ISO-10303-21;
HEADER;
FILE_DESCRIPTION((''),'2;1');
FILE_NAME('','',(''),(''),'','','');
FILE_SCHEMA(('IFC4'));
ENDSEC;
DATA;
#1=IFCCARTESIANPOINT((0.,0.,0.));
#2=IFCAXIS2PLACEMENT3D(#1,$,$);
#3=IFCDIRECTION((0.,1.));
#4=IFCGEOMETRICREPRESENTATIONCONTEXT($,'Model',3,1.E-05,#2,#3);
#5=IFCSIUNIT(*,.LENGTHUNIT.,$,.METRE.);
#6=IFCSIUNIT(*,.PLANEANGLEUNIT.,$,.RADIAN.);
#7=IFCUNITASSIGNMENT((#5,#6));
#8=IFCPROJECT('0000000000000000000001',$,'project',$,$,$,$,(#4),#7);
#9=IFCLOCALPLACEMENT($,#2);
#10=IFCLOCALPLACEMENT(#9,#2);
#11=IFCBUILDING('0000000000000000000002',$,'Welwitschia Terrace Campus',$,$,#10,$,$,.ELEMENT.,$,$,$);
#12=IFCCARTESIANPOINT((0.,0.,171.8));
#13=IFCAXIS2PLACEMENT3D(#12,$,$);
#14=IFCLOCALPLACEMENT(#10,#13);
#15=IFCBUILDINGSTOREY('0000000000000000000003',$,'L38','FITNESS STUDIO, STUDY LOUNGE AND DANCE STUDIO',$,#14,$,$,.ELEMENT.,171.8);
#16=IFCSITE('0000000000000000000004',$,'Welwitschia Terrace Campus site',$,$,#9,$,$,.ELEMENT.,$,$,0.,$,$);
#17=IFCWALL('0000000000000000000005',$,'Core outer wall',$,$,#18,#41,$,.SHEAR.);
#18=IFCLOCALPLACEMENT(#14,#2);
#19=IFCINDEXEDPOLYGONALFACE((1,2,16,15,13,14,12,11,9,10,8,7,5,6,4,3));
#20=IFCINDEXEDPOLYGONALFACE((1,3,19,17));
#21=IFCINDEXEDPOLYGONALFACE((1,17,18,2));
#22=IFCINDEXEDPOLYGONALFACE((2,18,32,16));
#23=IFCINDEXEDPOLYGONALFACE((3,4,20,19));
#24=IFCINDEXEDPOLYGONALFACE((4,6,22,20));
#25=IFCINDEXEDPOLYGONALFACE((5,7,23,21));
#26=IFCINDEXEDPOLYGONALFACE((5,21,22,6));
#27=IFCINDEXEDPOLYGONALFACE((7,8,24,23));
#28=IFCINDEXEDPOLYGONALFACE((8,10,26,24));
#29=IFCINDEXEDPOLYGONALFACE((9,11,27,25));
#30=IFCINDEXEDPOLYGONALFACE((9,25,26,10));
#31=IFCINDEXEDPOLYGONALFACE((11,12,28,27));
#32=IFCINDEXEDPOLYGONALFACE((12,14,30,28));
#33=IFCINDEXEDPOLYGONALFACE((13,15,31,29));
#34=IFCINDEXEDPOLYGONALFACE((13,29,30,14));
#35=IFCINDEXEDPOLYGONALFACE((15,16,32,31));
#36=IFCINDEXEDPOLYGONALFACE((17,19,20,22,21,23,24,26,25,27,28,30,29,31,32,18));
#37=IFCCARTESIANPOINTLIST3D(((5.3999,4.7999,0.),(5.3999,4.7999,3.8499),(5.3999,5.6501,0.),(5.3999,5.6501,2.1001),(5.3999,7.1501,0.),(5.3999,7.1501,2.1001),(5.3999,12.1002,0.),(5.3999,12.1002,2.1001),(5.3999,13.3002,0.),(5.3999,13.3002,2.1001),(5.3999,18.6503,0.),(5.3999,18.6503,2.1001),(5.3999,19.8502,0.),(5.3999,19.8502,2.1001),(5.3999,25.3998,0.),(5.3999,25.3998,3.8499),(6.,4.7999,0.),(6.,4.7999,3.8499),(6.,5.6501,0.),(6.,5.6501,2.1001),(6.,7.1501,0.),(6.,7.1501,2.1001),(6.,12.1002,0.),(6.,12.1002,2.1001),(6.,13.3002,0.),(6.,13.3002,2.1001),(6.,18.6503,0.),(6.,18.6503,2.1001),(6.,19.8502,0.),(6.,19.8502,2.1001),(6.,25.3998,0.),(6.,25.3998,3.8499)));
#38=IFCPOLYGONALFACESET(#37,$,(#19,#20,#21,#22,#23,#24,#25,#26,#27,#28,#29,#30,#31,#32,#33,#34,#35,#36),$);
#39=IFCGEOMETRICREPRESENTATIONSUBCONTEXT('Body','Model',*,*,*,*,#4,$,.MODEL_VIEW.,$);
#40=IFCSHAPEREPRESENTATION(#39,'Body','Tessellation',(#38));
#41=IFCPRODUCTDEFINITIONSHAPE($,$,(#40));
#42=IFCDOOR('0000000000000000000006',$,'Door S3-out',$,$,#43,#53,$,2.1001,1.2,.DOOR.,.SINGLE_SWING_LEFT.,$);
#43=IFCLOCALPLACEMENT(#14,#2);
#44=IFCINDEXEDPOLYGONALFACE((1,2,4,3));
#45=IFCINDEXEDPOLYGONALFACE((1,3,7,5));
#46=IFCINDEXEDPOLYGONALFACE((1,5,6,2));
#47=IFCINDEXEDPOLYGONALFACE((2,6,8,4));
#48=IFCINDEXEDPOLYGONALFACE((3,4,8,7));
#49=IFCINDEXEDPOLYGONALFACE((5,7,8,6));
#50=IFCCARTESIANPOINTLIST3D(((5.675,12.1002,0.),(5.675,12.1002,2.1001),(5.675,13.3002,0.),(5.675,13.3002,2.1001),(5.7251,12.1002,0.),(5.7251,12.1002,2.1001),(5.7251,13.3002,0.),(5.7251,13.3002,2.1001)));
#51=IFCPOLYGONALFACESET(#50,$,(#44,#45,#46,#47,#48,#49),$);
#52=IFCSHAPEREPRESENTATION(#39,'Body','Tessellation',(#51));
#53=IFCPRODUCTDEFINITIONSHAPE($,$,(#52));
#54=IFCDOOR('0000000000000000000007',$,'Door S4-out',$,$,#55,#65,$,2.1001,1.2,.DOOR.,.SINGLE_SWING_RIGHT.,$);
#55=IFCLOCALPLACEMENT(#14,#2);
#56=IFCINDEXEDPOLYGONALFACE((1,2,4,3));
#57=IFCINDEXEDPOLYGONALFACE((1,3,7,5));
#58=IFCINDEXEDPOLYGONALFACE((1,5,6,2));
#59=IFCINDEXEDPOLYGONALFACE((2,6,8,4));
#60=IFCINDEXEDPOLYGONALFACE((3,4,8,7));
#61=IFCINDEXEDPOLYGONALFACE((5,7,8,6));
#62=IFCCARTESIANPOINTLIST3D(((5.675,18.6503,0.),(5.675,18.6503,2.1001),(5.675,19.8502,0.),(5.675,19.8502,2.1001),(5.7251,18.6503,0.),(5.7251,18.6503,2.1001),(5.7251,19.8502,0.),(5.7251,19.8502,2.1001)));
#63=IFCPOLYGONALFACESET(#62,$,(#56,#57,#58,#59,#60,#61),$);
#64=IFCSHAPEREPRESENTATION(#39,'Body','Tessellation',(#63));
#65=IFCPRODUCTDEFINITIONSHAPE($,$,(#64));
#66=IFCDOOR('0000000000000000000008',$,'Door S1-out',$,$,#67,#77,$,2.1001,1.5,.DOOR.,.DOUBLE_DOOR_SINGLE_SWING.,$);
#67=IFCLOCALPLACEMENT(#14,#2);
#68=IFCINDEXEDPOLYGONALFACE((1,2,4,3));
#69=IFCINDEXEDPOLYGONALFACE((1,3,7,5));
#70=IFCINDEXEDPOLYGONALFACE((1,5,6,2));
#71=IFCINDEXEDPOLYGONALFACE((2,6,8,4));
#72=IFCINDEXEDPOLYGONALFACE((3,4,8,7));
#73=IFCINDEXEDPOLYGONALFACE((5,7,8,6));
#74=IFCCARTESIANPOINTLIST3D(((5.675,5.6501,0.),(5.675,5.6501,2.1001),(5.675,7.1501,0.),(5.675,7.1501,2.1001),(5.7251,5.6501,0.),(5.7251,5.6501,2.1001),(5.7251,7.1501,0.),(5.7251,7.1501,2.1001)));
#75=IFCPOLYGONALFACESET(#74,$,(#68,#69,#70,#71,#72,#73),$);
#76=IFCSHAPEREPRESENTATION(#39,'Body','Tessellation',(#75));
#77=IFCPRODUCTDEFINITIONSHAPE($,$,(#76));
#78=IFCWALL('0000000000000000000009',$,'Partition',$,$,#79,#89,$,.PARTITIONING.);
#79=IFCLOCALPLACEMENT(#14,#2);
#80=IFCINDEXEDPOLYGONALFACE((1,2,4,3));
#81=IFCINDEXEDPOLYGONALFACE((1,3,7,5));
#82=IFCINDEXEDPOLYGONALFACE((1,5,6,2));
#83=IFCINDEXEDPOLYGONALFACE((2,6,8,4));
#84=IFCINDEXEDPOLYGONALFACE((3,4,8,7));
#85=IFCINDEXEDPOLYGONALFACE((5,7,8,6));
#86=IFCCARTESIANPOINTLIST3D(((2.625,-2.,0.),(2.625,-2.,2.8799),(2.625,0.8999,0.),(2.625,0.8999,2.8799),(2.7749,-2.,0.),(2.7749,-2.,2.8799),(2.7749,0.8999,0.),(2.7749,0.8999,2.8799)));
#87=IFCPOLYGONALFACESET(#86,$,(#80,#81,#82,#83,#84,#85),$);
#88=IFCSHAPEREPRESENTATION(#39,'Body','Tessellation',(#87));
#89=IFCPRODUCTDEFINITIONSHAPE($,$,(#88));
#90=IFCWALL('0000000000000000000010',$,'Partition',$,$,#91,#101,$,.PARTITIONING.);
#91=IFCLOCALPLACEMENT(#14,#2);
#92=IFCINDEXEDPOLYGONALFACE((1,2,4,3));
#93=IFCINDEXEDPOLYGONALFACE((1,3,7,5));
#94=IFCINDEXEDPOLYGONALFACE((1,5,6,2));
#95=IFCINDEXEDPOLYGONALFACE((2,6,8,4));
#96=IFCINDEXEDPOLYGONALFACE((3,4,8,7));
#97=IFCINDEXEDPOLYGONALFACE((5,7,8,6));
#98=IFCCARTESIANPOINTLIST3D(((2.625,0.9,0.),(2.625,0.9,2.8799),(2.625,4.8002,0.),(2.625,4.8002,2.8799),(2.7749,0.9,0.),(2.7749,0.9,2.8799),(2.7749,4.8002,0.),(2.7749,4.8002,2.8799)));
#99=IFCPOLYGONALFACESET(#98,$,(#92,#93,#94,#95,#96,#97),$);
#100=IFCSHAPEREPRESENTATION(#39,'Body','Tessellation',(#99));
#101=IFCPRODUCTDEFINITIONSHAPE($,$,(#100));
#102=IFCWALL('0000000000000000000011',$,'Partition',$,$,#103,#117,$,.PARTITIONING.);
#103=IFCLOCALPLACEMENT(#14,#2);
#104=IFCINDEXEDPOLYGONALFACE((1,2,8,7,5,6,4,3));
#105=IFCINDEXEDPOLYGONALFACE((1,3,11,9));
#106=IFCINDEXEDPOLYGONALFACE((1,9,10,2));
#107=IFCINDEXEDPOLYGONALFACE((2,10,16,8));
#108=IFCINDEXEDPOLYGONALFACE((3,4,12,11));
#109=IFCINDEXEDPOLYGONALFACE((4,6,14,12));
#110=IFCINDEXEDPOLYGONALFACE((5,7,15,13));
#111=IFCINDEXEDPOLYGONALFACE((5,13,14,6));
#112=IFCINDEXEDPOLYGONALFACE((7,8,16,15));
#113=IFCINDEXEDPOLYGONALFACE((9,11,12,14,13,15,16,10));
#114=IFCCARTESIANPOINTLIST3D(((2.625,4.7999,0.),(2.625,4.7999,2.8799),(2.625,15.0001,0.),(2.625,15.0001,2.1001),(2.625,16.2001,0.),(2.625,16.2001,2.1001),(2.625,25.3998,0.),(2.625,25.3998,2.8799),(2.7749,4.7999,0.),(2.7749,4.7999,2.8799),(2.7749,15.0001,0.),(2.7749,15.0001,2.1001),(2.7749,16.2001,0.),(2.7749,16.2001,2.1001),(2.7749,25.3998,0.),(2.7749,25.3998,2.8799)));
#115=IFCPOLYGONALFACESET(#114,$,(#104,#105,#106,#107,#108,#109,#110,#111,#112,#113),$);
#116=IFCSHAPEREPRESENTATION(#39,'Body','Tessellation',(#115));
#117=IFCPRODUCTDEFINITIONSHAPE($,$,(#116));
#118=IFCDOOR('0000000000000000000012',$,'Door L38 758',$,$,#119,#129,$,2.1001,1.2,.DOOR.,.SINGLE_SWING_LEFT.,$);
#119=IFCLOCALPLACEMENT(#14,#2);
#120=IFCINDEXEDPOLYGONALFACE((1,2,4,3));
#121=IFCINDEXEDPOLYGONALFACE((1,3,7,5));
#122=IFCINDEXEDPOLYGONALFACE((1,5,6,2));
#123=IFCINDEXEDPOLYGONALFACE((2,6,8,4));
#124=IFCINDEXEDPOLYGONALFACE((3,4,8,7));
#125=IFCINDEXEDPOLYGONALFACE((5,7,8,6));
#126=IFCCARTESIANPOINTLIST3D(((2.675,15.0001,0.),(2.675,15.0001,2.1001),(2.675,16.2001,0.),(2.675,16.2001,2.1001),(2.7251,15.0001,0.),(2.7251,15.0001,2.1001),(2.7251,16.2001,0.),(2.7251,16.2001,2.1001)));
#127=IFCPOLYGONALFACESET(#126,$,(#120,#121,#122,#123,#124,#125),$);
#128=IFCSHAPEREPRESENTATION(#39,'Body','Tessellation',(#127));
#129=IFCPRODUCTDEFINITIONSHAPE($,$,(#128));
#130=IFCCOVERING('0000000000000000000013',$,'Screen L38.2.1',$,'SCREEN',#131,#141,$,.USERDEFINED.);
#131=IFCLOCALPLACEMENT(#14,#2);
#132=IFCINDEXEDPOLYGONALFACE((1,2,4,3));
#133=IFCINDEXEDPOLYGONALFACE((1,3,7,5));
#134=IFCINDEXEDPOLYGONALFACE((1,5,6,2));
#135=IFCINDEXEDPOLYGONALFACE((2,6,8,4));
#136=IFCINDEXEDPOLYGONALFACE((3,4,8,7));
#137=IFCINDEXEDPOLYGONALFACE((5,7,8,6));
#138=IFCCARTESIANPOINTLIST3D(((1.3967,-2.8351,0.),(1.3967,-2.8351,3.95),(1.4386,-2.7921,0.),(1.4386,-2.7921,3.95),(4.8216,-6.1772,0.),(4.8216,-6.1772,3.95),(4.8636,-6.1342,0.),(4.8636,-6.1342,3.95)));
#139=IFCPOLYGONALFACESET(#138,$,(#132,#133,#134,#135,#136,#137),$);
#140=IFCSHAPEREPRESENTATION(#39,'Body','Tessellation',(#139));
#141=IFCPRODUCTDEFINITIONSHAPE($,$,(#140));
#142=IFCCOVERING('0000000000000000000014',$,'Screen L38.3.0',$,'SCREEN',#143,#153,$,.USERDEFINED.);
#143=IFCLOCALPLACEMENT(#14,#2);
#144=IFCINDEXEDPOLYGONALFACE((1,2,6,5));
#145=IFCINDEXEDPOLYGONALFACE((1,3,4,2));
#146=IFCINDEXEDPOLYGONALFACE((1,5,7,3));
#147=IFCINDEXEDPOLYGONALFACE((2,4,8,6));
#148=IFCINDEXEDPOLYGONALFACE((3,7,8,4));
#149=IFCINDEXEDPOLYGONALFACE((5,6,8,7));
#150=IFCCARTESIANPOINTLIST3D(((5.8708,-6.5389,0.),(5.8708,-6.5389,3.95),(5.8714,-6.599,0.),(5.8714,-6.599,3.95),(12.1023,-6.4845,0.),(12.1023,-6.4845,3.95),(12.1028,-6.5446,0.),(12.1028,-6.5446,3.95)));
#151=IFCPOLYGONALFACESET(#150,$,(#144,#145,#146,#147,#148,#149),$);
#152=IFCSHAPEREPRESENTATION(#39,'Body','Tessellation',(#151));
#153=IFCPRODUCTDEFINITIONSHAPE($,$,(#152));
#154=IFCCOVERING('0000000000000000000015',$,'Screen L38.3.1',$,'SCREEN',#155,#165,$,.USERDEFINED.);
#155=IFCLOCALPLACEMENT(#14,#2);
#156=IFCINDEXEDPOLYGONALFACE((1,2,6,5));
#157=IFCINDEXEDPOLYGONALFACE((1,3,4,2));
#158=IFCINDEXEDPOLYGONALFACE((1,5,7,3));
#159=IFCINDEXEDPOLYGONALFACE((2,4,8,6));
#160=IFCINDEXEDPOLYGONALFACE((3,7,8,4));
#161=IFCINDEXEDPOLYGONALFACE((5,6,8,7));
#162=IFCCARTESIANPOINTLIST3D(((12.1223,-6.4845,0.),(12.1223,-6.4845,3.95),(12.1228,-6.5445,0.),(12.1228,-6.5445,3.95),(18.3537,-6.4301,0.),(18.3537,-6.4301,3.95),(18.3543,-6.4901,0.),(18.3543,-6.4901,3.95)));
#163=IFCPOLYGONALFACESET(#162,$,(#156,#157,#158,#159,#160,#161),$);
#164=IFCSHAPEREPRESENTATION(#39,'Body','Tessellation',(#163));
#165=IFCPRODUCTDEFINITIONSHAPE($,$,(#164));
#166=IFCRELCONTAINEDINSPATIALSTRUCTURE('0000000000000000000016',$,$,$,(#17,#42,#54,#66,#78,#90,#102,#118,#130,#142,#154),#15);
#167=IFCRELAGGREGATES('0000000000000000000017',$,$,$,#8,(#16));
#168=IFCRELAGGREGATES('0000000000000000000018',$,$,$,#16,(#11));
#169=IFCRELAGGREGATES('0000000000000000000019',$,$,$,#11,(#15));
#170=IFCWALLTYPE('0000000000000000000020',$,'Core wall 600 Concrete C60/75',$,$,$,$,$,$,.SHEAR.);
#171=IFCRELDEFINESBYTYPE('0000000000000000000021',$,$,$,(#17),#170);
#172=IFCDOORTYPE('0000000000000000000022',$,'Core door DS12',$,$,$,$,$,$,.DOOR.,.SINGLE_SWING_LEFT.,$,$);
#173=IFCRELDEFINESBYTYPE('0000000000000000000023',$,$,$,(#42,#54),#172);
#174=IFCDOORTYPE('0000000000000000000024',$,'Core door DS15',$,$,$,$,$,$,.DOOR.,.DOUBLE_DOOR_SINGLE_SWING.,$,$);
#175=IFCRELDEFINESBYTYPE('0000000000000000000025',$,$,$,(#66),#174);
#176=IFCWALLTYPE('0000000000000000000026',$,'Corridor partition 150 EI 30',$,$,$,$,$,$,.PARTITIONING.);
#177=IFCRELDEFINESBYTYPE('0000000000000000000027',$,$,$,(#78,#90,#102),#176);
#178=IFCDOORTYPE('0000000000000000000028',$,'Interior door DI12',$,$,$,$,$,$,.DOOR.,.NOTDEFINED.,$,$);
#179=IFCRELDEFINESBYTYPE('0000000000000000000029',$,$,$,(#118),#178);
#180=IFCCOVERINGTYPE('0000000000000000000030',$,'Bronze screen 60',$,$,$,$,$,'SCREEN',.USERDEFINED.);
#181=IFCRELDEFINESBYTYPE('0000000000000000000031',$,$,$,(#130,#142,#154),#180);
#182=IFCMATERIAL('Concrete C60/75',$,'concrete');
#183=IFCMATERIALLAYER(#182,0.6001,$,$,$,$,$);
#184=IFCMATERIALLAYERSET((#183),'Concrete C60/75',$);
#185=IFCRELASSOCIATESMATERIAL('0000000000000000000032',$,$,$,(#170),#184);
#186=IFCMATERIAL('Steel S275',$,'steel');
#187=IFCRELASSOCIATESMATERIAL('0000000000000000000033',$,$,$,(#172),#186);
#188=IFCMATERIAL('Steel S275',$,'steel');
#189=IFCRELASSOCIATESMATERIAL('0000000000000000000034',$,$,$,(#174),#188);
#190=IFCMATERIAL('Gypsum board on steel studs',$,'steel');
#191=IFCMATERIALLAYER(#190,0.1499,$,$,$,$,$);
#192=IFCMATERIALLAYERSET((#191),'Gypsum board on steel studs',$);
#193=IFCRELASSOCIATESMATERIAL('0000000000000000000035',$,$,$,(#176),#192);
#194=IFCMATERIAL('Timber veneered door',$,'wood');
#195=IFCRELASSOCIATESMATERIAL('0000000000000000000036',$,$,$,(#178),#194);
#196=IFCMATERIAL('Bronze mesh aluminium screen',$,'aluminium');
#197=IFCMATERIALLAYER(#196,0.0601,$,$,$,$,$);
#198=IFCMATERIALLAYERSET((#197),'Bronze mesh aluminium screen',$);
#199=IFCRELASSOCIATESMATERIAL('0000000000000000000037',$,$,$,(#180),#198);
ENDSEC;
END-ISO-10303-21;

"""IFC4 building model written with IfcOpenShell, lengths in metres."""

from ifc_helpers import new_model, si_unit, direction, frame, frame_2d, origin, origin_2d, place, context, subcontext, project, spatial, rectangle, extrude, material, layer, layer_set, type_object, element, fill, save


model = new_model("IFC4")

# Units and contexts
model_context = context("Model", 3, precision=1e-05, world=origin(), true_north=direction((0.0, 1.0)))
body_context = subcontext(model_context, "Body", "Model", "MODEL_VIEW")
ifc_project = project(units=[si_unit("LENGTHUNIT", "METRE"), si_unit("PLANEANGLEUNIT", "RADIAN")], contexts=[model_context])

# Site, building, storey
site_placement = place(None, origin())
site = spatial("IfcSite", under=ifc_project, at=site_placement, Name="Welwitschia Terrace Campus site", CompositionType="ELEMENT", RefElevation=0.0)
building_placement = place(site_placement, origin())
building = spatial("IfcBuilding", under=site, at=building_placement, Name="Welwitschia Terrace Campus", CompositionType="ELEMENT")
storey_placement = place(building_placement, frame((0.0, 0.0, 171.8)))
storey = spatial("IfcBuildingStorey", under=building, at=storey_placement, Name="L38", Description="FITNESS STUDIO, STUDY LOUNGE AND DANCE STUDIO", CompositionType="ELEMENT", Elevation=171.8)

# Wall, openings, doors
ifc_material_1 = material(Name="Concrete C60/75", Category="concrete")
ifc_layer_1 = layer(ifc_material_1, 0.6001)
ifc_layer_set_1 = layer_set([ifc_layer_1], Name="Concrete C60/75")
wall_type_1 = type_object("IfcWallType", Name="Core wall 600 Concrete C60/75", PredefinedType="SHEAR", material=ifc_layer_set_1)
wall_1_placement = place(storey_placement, frame((5.7, 4.8, 0.0), z_axis=(0.0, 0.0, 1.0), x_axis=(0.0, 1.0, 0.0)))
wall_1 = element("IfcWall", 1, at=wall_1_placement, inside=storey, type_object=wall_type_1, Name="Core outer wall", PredefinedType="SHEAR", context=body_context, shape_type="SweptSolid", body=[
    extrude(rectangle(XDim=20.5999, YDim=0.6001, at=frame_2d((10.2998, 0.0))), origin(), (0.0, 0.0, 1.0), 3.8499),
])
opening_1_placement = place(wall_1_placement, frame((0.8501, 0.0, 0.0)))
opening_1 = element("IfcOpeningElement", 2, at=opening_1_placement, cuts=wall_1, PredefinedType="OPENING", context=body_context, shape_type="SweptSolid", body=[
    extrude(rectangle(XDim=1.5, YDim=2.1001, at=frame_2d((0.75, 1.05))), frame((0.0, 0.3101, 0.0), z_axis=(0.0, -1.0, 0.0), x_axis=(1.0, 0.0, 0.0)), (0.0, 0.0, 1.0), 0.6201),
])
opening_2_placement = place(wall_1_placement, frame((7.3, 0.0, 0.0)))
opening_2 = element("IfcOpeningElement", 3, at=opening_2_placement, cuts=wall_1, PredefinedType="OPENING", context=body_context, shape_type="SweptSolid", body=[
    extrude(rectangle(XDim=1.2, YDim=2.1001, at=frame_2d((0.6001, 1.05))), frame((0.0, 0.3101, 0.0), z_axis=(0.0, -1.0, 0.0), x_axis=(1.0, 0.0, 0.0)), (0.0, 0.0, 1.0), 0.6201),
])
opening_3_placement = place(wall_1_placement, frame((13.8501, 0.0, 0.0)))
opening_3 = element("IfcOpeningElement", 4, at=opening_3_placement, cuts=wall_1, PredefinedType="OPENING", context=body_context, shape_type="SweptSolid", body=[
    extrude(rectangle(XDim=1.2, YDim=2.1001, at=frame_2d((0.6001, 1.05))), frame((0.0, 0.3101, 0.0), z_axis=(0.0, -1.0, 0.0), x_axis=(1.0, 0.0, 0.0)), (0.0, 0.0, 1.0), 0.6201),
])
ifc_material_2 = material(Name="Steel S275", Category="steel")
door_type_1 = type_object("IfcDoorType", Name="Core door DS12", OperationType="SINGLE_SWING_LEFT", PredefinedType="DOOR", material=ifc_material_2)
door_1_placement = place(opening_2_placement, origin())
door_1 = element("IfcDoor", 5, at=door_1_placement, inside=storey, type_object=door_type_1, Name="Door S3-out", OperationType="SINGLE_SWING_LEFT", OverallHeight=2.1001, OverallWidth=1.2, PredefinedType="DOOR", context=body_context, shape_type="SweptSolid", body=[
    extrude(rectangle(XDim=1.2, YDim=2.1001, at=frame_2d((0.6001, 1.05))), frame((0.0, 0.0249, 0.0), z_axis=(0.0, -1.0, 0.0), x_axis=(1.0, 0.0, 0.0)), (0.0, 0.0, 1.0), 0.05),
])
fill(opening_2, door_1)
door_2_placement = place(opening_3_placement, origin())
door_2 = element("IfcDoor", 6, at=door_2_placement, inside=storey, type_object=door_type_1, Name="Door S4-out", OperationType="SINGLE_SWING_RIGHT", OverallHeight=2.1001, OverallWidth=1.2, PredefinedType="DOOR", context=body_context, shape_type="SweptSolid", body=[
    extrude(rectangle(XDim=1.2, YDim=2.1001, at=frame_2d((0.6001, 1.05))), frame((0.0, 0.0249, 0.0), z_axis=(0.0, -1.0, 0.0), x_axis=(1.0, 0.0, 0.0)), (0.0, 0.0, 1.0), 0.05),
])
fill(opening_3, door_2)
ifc_material_3 = material(Name="Steel S275", Category="steel")
door_type_2 = type_object("IfcDoorType", Name="Core door DS15", OperationType="DOUBLE_DOOR_SINGLE_SWING", PredefinedType="DOOR", material=ifc_material_3)
door_3_placement = place(opening_1_placement, origin())
door_3 = element("IfcDoor", 7, at=door_3_placement, inside=storey, type_object=door_type_2, Name="Door S1-out", OperationType="DOUBLE_DOOR_SINGLE_SWING", OverallHeight=2.1001, OverallWidth=1.5, PredefinedType="DOOR", context=body_context, shape_type="SweptSolid", body=[
    extrude(rectangle(XDim=1.5, YDim=2.1001, at=frame_2d((0.75, 1.05))), frame((0.0, 0.0249, 0.0), z_axis=(0.0, -1.0, 0.0), x_axis=(1.0, 0.0, 0.0)), (0.0, 0.0, 1.0), 0.05),
])
fill(opening_1, door_3)

# Walls
ifc_material_4 = material(Name="Gypsum board on steel studs", Category="steel")
ifc_layer_2 = layer(ifc_material_4, 0.1499)
ifc_layer_set_2 = layer_set([ifc_layer_2], Name="Gypsum board on steel studs")
wall_type_2 = type_object("IfcWallType", Name="Corridor partition 150 EI 30", PredefinedType="PARTITIONING", material=ifc_layer_set_2)
wall_2_placement = place(storey_placement, frame((2.7, -2.0, 0.0), z_axis=(0.0, 0.0, 1.0), x_axis=(0.0, 1.0, 0.0)))
element("IfcWall", 8, at=wall_2_placement, inside=storey, type_object=wall_type_2, Name="Partition", PredefinedType="PARTITIONING", context=body_context, shape_type="SweptSolid", body=[
    extrude(rectangle(XDim=2.8999, YDim=0.1499, at=frame_2d((1.45, 0.0))), origin(), (0.0, 0.0, 1.0), 2.8799),
])
wall_3_placement = place(storey_placement, frame((2.7, 0.8999, 0.0), z_axis=(0.0, 0.0, 1.0), x_axis=(0.0, 1.0, 0.0)))
element("IfcWall", 9, at=wall_3_placement, inside=storey, type_object=wall_type_2, Name="Partition", PredefinedType="PARTITIONING", context=body_context, shape_type="SweptSolid", body=[
    extrude(rectangle(XDim=3.9001, YDim=0.1499, at=frame_2d((1.9502, 0.0))), origin(), (0.0, 0.0, 1.0), 2.8799),
])

# Wall, opening, door
wall_4_placement = place(storey_placement, frame((2.7, 4.8, 0.0), z_axis=(0.0, 0.0, 1.0), x_axis=(0.0, 1.0, 0.0)))
wall_4 = element("IfcWall", 10, at=wall_4_placement, inside=storey, type_object=wall_type_2, Name="Partition", PredefinedType="PARTITIONING", context=body_context, shape_type="SweptSolid", body=[
    extrude(rectangle(XDim=20.5999, YDim=0.1499, at=frame_2d((10.2998, 0.0))), origin(), (0.0, 0.0, 1.0), 2.8799),
])
opening_4_placement = place(wall_4_placement, frame((10.2, 0.0, 0.0)))
opening_4 = element("IfcOpeningElement", 11, at=opening_4_placement, cuts=wall_4, PredefinedType="OPENING", context=body_context, shape_type="SweptSolid", body=[
    extrude(rectangle(XDim=1.2, YDim=2.1001, at=frame_2d((0.6001, 1.05))), frame((0.0, 0.085, 0.0), z_axis=(0.0, -1.0, 0.0), x_axis=(1.0, 0.0, 0.0)), (0.0, 0.0, 1.0), 0.1699),
])
ifc_material_5 = material(Name="Timber veneered door", Category="wood")
door_type_3 = type_object("IfcDoorType", Name="Interior door DI12", OperationType="NOTDEFINED", PredefinedType="DOOR", material=ifc_material_5)
door_4_placement = place(opening_4_placement, origin())
door_4 = element("IfcDoor", 12, at=door_4_placement, inside=storey, type_object=door_type_3, Name="Door L38 758", OperationType="SINGLE_SWING_LEFT", OverallHeight=2.1001, OverallWidth=1.2, PredefinedType="DOOR", context=body_context, shape_type="SweptSolid", body=[
    extrude(rectangle(XDim=1.2, YDim=2.1001, at=frame_2d((0.6001, 1.05))), frame((0.0, 0.0249, 0.0), z_axis=(0.0, -1.0, 0.0), x_axis=(1.0, 0.0, 0.0)), (0.0, 0.0, 1.0), 0.05),
])
fill(opening_4, door_4)

# Coverings
ifc_material_6 = material(Name="Bronze mesh aluminium screen", Category="aluminium")
ifc_layer_3 = layer(ifc_material_6, 0.0601)
ifc_layer_set_3 = layer_set([ifc_layer_3], Name="Bronze mesh aluminium screen")
covering_type = type_object("IfcCoveringType", Name="Bronze screen 60", ElementType="SCREEN", PredefinedType="USERDEFINED", material=ifc_layer_set_3)
covering_placement = place(storey_placement, frame((3.1301, -4.4846, 0.0), z_axis=(0.0, 0.0, 1.0), x_axis=(0.715708, -0.698399, 0.0)))
element("IfcCovering", 13, at=covering_placement, inside=storey, type_object=covering_type, Name="Screen L38.2.1", ObjectType="SCREEN", PredefinedType="USERDEFINED", context=body_context, shape_type="SweptSolid", body=[
    extrude(rectangle(XDim=4.7854, YDim=0.0601, at=origin_2d()), origin(), (0.0, 0.0, 1.0), 3.95),
])
for number, where, z_axis, x_axis, name in (
    (14, (8.9868, -6.5417, 0.0), (0.0, 0.0, 1.0), (0.999962, 0.008727, 0.0), "Screen L38.3.0"),
    (15, (15.2383, -6.4873, 0.0), (0.0, 0.0, 1.0), (0.999962, 0.008727, 0.0), "Screen L38.3.1"),
):
    element("IfcCovering", number, at=place(storey_placement, frame(where, z_axis=z_axis, x_axis=x_axis)), inside=storey, type_object=covering_type, Name=name, ObjectType="SCREEN", PredefinedType="USERDEFINED", context=body_context, shape_type="SweptSolid", body=[
        extrude(rectangle(XDim=6.2317, YDim=0.0601, at=origin_2d()), origin(), (0.0, 0.0, 1.0), 3.95),
    ])

save(model, "model.ifc")
